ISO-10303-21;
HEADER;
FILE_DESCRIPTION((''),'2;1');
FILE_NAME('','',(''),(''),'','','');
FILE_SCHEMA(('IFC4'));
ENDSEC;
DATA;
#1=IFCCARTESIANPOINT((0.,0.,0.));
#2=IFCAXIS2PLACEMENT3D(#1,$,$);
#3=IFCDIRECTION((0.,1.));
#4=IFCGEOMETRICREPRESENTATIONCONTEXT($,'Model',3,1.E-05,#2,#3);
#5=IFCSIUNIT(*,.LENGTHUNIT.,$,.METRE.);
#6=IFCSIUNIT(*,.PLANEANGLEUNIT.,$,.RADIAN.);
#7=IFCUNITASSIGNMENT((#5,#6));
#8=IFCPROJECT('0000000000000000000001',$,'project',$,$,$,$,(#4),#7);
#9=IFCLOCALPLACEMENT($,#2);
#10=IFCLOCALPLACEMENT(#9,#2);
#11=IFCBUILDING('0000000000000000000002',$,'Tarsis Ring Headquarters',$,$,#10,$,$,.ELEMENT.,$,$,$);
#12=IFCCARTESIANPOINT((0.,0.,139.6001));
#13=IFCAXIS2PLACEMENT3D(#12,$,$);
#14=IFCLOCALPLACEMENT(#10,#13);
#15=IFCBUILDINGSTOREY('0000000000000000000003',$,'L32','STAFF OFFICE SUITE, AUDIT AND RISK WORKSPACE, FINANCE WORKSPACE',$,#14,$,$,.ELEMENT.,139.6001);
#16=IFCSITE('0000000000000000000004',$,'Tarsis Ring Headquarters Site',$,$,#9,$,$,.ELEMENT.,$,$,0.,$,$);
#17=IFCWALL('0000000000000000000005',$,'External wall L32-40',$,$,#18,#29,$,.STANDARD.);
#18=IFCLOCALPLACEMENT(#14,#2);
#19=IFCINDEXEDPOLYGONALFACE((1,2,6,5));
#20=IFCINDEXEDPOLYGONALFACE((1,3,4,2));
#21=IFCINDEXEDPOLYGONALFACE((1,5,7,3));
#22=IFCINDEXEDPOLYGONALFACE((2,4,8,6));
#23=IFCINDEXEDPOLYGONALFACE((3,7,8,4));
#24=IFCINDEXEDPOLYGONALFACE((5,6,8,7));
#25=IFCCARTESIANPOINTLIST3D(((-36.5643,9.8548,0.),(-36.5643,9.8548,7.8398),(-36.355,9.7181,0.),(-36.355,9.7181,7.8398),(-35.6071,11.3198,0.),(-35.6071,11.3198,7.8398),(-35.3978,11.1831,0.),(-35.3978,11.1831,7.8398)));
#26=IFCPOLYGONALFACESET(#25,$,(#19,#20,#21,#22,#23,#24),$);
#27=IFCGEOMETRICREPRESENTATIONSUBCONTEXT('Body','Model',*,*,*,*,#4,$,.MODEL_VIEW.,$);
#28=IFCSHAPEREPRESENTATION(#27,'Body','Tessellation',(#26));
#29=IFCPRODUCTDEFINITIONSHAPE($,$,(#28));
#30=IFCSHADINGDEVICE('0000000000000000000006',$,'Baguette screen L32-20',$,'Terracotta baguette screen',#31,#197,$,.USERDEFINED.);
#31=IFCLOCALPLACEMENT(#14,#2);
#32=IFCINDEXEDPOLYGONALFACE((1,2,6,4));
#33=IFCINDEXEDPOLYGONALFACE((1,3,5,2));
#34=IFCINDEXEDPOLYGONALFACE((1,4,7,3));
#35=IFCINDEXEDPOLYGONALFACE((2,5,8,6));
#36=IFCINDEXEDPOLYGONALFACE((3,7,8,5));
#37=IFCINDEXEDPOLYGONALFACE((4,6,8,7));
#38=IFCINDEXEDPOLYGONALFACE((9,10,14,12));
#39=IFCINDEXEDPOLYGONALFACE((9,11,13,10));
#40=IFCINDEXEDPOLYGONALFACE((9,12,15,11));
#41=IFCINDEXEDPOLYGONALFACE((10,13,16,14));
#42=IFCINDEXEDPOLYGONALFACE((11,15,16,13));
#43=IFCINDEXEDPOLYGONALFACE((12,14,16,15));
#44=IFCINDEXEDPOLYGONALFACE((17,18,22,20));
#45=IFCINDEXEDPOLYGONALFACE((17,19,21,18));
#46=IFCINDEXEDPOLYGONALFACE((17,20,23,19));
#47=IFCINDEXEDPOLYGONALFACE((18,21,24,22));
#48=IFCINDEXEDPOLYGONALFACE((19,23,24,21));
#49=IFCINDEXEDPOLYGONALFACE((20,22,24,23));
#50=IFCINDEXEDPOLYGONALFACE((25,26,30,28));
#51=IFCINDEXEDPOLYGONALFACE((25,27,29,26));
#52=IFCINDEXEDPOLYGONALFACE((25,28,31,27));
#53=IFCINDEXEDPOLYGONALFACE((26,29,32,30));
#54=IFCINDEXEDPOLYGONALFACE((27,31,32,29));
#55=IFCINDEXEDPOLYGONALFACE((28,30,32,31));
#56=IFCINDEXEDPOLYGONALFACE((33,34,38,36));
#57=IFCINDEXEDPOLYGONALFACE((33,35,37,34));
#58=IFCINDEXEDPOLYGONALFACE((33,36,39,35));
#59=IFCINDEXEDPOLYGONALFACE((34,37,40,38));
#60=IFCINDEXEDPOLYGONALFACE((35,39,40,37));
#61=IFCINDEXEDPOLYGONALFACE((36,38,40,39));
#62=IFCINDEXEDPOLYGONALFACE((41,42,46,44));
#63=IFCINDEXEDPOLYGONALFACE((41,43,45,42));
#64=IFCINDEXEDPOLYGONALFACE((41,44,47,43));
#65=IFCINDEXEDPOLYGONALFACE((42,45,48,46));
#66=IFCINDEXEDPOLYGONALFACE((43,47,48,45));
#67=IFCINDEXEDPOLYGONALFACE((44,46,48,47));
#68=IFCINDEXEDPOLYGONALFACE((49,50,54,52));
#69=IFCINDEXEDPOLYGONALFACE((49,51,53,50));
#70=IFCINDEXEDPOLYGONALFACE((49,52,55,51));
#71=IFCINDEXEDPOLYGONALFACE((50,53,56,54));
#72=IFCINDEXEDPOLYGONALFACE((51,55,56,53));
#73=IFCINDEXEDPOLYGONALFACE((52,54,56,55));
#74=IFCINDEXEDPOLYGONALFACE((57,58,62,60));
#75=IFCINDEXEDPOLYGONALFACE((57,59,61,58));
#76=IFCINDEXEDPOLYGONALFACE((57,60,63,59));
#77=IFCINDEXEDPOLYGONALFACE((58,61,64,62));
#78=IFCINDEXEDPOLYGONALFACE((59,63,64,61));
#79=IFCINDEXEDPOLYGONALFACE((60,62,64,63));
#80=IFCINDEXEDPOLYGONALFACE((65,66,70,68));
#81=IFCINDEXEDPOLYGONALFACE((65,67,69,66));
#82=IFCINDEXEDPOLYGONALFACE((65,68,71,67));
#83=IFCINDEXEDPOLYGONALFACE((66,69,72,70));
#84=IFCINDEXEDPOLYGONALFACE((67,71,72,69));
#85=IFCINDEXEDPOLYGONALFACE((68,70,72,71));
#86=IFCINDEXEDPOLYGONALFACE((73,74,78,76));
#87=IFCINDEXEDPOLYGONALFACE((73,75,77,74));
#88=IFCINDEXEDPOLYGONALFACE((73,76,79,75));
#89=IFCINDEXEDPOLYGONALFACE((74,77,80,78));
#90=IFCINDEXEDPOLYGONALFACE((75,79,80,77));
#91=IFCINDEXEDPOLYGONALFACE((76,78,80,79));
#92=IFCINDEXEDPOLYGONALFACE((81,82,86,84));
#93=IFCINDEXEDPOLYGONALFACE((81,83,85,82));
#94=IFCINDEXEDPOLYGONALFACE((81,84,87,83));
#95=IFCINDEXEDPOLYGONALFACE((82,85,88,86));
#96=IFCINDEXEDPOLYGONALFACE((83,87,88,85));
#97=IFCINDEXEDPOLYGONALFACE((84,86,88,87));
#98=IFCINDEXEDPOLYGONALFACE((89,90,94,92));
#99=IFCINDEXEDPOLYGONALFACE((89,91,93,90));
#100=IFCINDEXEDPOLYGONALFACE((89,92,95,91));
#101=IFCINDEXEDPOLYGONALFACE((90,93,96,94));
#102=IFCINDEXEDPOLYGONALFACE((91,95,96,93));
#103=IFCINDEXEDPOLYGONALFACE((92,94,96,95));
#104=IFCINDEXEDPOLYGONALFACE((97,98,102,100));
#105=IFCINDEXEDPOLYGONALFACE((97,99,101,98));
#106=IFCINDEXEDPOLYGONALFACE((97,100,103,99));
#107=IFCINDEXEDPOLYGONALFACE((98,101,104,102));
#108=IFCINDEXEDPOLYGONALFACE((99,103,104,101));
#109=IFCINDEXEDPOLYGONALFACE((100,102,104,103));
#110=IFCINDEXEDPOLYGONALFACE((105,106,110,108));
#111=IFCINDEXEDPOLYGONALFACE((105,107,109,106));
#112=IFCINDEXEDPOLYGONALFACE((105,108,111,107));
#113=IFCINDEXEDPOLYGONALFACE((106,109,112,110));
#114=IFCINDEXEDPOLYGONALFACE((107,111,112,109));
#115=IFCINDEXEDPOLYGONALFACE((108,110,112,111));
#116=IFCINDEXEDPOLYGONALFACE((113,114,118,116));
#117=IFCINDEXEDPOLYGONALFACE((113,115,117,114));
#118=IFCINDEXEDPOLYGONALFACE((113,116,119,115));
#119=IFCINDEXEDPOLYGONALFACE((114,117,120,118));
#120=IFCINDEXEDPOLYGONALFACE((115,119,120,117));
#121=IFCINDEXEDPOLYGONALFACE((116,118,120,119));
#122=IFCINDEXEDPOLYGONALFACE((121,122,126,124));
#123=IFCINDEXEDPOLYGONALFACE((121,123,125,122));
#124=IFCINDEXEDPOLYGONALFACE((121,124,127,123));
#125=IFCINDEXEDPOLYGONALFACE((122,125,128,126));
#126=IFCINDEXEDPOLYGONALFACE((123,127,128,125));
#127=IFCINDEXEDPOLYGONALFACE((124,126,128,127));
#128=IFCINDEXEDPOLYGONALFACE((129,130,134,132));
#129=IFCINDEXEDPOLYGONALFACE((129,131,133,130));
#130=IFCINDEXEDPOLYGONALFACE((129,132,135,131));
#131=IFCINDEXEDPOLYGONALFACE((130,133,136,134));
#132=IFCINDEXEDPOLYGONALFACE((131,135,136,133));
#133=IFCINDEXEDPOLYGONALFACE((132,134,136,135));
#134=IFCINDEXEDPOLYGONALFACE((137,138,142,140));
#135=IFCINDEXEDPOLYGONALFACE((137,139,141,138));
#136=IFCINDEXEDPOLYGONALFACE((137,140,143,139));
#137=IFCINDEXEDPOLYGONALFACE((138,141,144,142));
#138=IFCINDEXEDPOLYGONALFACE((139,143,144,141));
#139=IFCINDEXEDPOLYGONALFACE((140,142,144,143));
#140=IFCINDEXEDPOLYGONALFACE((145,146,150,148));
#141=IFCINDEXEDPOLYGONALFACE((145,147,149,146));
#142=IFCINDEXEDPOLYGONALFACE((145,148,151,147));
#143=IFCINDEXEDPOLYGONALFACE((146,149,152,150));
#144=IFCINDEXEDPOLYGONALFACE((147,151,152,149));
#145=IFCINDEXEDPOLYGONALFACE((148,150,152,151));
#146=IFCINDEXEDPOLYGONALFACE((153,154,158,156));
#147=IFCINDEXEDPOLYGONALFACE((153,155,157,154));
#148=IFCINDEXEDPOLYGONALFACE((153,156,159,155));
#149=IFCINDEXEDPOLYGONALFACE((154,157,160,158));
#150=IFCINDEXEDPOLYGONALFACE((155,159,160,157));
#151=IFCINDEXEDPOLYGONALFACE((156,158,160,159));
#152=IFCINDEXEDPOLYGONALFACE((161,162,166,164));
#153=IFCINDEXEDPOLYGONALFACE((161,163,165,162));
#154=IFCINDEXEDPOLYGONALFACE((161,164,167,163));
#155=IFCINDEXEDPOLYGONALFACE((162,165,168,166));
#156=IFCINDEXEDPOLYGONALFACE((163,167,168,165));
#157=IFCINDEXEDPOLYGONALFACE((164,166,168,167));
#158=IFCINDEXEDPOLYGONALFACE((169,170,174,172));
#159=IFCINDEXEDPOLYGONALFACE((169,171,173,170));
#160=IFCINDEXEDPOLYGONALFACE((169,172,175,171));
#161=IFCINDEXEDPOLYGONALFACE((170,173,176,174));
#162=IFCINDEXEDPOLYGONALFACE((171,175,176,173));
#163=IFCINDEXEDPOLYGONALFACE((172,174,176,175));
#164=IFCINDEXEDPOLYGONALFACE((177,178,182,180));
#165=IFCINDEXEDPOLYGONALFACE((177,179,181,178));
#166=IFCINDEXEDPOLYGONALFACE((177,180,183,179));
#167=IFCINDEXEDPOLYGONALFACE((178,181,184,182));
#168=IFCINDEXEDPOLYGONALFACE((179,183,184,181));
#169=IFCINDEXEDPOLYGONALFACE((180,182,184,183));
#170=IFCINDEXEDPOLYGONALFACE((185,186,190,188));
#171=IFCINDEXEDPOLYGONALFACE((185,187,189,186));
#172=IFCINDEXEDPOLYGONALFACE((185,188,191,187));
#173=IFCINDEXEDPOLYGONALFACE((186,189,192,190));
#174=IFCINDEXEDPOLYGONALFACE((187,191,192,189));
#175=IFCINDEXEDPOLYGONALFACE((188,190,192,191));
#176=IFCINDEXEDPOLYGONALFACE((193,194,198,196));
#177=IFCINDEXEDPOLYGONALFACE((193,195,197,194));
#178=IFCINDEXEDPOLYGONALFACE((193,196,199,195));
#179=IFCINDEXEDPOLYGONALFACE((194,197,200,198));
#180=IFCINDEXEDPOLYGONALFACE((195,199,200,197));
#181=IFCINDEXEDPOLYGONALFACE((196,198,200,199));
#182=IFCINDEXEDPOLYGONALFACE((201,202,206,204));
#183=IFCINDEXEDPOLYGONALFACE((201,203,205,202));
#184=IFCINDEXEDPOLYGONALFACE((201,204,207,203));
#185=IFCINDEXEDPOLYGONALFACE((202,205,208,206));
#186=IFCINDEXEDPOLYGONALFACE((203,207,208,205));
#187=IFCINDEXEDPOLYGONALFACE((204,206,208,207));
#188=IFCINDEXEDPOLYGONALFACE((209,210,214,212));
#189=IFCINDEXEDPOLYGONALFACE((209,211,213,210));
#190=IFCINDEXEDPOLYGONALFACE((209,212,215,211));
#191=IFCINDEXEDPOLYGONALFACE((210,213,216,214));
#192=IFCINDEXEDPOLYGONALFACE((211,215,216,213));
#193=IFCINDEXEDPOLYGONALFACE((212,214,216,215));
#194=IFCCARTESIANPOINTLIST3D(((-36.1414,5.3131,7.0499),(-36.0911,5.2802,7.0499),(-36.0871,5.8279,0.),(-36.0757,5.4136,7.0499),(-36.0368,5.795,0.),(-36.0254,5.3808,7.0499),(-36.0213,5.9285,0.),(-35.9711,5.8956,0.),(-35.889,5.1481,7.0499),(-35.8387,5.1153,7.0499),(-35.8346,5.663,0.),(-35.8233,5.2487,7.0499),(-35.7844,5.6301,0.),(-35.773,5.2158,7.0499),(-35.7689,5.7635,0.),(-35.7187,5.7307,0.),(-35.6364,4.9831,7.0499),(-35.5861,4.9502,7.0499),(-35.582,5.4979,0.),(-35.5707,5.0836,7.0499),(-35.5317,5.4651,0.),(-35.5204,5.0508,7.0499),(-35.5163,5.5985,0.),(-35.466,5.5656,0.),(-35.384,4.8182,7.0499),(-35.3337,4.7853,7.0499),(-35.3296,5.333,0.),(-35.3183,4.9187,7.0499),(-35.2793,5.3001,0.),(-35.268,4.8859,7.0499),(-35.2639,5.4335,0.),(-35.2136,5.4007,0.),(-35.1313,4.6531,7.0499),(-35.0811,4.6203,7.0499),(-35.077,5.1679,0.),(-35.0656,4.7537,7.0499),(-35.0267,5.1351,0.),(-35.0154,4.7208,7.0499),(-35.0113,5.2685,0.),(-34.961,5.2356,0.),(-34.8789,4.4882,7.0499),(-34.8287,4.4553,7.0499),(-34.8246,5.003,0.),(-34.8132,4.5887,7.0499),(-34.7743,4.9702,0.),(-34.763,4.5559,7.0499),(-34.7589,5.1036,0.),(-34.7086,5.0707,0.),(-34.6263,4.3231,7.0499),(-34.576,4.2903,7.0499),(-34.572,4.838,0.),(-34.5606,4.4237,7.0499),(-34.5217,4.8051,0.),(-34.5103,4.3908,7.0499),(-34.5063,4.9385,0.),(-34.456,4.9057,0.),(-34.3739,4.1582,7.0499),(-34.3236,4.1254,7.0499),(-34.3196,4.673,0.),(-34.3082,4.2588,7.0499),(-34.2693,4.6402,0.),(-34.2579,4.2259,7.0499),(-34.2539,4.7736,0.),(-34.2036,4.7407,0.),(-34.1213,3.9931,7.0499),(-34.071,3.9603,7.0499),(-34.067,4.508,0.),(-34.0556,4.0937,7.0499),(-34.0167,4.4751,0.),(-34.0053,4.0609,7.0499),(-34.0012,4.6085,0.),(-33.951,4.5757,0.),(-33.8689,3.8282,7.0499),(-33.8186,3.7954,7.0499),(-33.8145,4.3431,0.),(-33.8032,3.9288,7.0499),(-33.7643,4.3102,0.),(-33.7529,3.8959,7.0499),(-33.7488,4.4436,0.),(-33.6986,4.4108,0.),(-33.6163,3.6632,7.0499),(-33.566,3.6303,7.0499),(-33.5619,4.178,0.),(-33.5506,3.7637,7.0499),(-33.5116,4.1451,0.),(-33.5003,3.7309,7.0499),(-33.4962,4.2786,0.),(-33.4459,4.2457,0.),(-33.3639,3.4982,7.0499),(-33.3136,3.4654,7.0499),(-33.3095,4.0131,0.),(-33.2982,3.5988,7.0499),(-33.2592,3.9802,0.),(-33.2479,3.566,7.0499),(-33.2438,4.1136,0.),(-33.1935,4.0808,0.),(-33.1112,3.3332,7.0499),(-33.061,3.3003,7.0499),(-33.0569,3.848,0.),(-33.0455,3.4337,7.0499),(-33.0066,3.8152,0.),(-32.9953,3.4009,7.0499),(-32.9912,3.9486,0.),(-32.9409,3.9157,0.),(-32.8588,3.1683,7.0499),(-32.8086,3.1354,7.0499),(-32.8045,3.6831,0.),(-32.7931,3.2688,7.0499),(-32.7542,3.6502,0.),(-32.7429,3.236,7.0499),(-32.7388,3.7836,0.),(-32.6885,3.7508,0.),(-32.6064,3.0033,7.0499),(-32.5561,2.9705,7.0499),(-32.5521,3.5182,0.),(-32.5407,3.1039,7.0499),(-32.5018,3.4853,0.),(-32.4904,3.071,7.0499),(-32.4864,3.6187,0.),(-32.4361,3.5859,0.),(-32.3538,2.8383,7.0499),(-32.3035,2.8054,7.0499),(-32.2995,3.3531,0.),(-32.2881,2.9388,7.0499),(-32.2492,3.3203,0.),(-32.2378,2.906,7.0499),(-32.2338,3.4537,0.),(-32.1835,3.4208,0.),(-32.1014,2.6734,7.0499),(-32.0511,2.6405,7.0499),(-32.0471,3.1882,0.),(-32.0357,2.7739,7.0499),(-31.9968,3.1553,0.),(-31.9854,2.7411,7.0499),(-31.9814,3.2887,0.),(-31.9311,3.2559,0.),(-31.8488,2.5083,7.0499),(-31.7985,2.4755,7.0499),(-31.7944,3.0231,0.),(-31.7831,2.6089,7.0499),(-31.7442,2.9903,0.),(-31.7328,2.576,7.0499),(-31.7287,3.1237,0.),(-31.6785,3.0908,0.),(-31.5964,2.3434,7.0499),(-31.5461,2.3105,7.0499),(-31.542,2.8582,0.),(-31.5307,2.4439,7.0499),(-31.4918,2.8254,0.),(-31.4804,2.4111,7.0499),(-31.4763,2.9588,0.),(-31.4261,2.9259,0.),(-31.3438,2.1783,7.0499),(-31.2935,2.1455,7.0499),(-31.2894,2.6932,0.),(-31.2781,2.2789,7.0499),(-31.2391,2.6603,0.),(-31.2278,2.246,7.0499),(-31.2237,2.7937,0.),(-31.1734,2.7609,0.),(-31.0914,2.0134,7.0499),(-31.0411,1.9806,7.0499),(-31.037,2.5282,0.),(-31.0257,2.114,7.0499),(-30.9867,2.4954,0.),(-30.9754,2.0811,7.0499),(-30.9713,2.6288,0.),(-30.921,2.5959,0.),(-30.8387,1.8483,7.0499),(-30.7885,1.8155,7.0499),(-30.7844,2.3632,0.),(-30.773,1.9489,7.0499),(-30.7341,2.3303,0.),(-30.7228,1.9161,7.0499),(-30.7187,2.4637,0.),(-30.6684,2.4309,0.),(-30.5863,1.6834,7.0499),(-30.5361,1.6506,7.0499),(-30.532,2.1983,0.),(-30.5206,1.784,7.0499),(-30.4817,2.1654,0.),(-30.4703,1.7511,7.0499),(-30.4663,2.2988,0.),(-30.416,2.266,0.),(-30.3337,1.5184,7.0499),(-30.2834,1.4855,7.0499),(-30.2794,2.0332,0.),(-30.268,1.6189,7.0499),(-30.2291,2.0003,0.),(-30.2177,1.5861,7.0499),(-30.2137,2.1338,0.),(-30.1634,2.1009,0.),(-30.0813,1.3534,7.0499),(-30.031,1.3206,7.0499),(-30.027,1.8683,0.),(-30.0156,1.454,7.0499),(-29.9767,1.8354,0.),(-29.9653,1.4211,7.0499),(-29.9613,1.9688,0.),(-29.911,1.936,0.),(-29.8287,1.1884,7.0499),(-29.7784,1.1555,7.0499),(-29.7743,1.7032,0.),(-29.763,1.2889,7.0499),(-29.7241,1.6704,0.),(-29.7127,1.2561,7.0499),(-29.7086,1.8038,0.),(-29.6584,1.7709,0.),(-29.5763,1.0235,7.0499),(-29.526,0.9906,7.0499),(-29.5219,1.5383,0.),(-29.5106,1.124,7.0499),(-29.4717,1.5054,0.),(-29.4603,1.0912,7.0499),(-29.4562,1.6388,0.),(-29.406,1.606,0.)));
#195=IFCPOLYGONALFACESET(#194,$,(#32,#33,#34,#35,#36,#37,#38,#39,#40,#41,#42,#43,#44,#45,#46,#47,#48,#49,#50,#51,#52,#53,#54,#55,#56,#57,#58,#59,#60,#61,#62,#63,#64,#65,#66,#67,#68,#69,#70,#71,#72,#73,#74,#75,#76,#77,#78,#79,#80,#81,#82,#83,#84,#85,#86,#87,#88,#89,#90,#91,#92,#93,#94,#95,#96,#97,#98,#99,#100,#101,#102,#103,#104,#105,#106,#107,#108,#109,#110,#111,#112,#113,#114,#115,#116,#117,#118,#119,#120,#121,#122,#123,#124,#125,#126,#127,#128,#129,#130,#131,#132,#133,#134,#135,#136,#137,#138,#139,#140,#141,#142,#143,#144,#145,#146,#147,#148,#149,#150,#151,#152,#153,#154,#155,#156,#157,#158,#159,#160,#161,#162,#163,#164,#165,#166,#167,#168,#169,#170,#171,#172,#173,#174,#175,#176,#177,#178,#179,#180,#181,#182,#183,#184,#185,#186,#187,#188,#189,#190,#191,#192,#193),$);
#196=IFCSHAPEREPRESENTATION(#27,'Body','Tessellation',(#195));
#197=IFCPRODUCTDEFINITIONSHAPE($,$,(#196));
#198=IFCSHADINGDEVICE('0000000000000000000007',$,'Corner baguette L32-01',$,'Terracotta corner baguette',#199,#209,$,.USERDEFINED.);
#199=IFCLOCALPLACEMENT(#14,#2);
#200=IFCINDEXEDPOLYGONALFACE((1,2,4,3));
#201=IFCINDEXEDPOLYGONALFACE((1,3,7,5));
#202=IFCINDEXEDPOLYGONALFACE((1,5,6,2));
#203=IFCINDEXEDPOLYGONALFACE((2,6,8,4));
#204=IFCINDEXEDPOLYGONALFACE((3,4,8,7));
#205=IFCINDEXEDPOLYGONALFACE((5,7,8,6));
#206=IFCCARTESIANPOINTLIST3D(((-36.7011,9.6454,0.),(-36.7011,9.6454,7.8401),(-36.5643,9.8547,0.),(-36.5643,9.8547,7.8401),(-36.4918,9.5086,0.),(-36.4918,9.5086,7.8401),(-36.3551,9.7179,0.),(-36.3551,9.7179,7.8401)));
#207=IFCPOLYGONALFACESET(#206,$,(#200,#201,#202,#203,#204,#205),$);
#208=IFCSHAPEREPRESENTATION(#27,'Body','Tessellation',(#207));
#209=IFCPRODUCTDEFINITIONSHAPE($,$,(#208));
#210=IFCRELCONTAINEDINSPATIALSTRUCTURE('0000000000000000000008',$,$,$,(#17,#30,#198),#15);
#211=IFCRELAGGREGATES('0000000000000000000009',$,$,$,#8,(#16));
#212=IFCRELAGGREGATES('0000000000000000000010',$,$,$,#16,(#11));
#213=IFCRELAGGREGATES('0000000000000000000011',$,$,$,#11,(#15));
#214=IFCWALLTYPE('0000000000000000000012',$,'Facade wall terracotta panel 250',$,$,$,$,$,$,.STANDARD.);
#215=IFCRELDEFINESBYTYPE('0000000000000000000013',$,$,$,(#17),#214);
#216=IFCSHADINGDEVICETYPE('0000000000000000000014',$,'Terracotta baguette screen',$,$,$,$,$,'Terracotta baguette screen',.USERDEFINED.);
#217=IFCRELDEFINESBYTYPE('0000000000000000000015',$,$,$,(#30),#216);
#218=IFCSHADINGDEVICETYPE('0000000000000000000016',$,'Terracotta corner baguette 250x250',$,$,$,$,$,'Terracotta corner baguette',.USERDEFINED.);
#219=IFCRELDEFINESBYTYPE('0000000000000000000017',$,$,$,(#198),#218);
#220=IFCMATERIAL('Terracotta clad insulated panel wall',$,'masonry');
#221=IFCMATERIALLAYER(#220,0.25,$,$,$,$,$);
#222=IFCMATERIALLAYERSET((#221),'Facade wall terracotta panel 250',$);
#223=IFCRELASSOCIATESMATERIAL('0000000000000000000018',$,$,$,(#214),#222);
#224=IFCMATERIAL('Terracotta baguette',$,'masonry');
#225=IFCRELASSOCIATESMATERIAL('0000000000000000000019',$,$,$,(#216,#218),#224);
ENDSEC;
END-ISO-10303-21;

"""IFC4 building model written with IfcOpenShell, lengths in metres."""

from ifc_helpers import new_model, si_unit, direction, frame, frame_2d, origin, origin_2d, place, context, subcontext, project, spatial, rectangle, composite_profile, extrude, material, layer, layer_set, type_object, element, save


model = new_model("IFC4")

# Units and contexts
model_context = context("Model", 3, precision=1e-05, world=origin(), true_north=direction((0.0, 1.0)))
body_context = subcontext(model_context, "Body", "Model", "MODEL_VIEW")
ifc_project = project(units=[si_unit("LENGTHUNIT", "METRE"), si_unit("PLANEANGLEUNIT", "RADIAN")], contexts=[model_context])

# Site, building, storey
site_placement = place(None, origin())
site = spatial("IfcSite", under=ifc_project, at=site_placement, Name="Tarsis Ring Headquarters Site", CompositionType="ELEMENT", RefElevation=0.0)
building_placement = place(site_placement, origin())
building = spatial("IfcBuilding", under=site, at=building_placement, Name="Tarsis Ring Headquarters", CompositionType="ELEMENT")
storey_placement = place(building_placement, frame((0.0, 0.0, 139.6001)))
storey = spatial("IfcBuildingStorey", under=building, at=storey_placement, Name="L32", Description="STAFF OFFICE SUITE, AUDIT AND RISK WORKSPACE, FINANCE WORKSPACE", CompositionType="ELEMENT", Elevation=139.6001)

# Wall
ifc_material_1 = material(Name="Terracotta clad insulated panel wall", Category="masonry")
ifc_layer_1 = layer(ifc_material_1, 0.25)
ifc_layer_set_1 = layer_set([ifc_layer_1], Name="Facade wall terracotta panel 250")
wall_type_1 = type_object("IfcWallType", Name="Facade wall terracotta panel 250", PredefinedType="STANDARD", material=ifc_layer_set_1)
for number, where, z_axis, x_axis, name in (
    (1, (-35.5024, 11.2515, 0.0), (0.0, 0.0, 1.0), (-0.546982, -0.837144, 0.0), "External wall L32-40"),
):
    element("IfcWall", number, at=place(storey_placement, frame(where, z_axis=z_axis, x_axis=x_axis)), inside=storey, type_object=wall_type_1, Name=name, PredefinedType="STANDARD", context=body_context, shape_type="SweptSolid", body=[
        extrude(rectangle(XDim=1.75, YDim=0.25, at=frame_2d((0.875, 0.0))), origin(), (0.0, 0.0, 1.0), 7.8398),
    ])

# Shading devices
ifc_material_2 = material(Name="Terracotta baguette", Category="masonry")
shading_device_type_1 = type_object("IfcShadingDeviceType", Name="Terracotta baguette screen", ElementType="Terracotta baguette screen", PredefinedType="USERDEFINED", material=ifc_material_2)
shading_device_placement = place(storey_placement, frame((-36.0542, 5.8782, 0.0), z_axis=(0.0, 0.0, 1.0), x_axis=(0.837154, -0.546991, 0.0)))
element("IfcShadingDevice", 2, at=shading_device_placement, inside=storey, type_object=shading_device_type_1, Name="Baguette screen L32-20", ObjectType="Terracotta baguette screen", PredefinedType="USERDEFINED", context=body_context, shape_type="SweptSolid", body=[
    extrude(composite_profile([rectangle(XDim=0.0601, YDim=0.1201, at=frame_2d((0.03, 0.0))), rectangle(XDim=0.0601, YDim=0.1201, at=frame_2d((0.3315, 0.0))), rectangle(XDim=0.0601, YDim=0.1201, at=frame_2d((0.6333, 0.0))), rectangle(XDim=0.0601, YDim=0.1201, at=frame_2d((0.9348, 0.0))), rectangle(XDim=0.0601, YDim=0.1201, at=frame_2d((1.2366, 0.0))), rectangle(XDim=0.0601, YDim=0.1201, at=frame_2d((1.5381, 0.0))), rectangle(XDim=0.0601, YDim=0.1201, at=frame_2d((1.8398, 0.0))), rectangle(XDim=0.0601, YDim=0.1201, at=frame_2d((2.1414, 0.0))), rectangle(XDim=0.0601, YDim=0.1201, at=frame_2d((2.4431, 0.0))), rectangle(XDim=0.0601, YDim=0.1201, at=frame_2d((2.7446, 0.0))), rectangle(XDim=0.0601, YDim=0.1201, at=frame_2d((3.0464, 0.0))), rectangle(XDim=0.0601, YDim=0.1201, at=frame_2d((3.3479, 0.0))), rectangle(XDim=0.0601, YDim=0.1201, at=frame_2d((3.6497, 0.0))), rectangle(XDim=0.0601, YDim=0.1201, at=frame_2d((3.9512, 0.0))), rectangle(XDim=0.0601, YDim=0.1201, at=frame_2d((4.2527, 0.0))), rectangle(XDim=0.0601, YDim=0.1201, at=frame_2d((4.5544, 0.0))), rectangle(XDim=0.0601, YDim=0.1201, at=frame_2d((4.856, 0.0))), rectangle(XDim=0.0601, YDim=0.1201, at=frame_2d((5.1577, 0.0))), rectangle(XDim=0.0601, YDim=0.1201, at=frame_2d((5.4592, 0.0))), rectangle(XDim=0.0601, YDim=0.1201, at=frame_2d((5.761, 0.0))), rectangle(XDim=0.0601, YDim=0.1201, at=frame_2d((6.0625, 0.0))), rectangle(XDim=0.0601, YDim=0.1201, at=frame_2d((6.3643, 0.0))), rectangle(XDim=0.0601, YDim=0.1201, at=frame_2d((6.6658, 0.0))), rectangle(XDim=0.0601, YDim=0.1201, at=frame_2d((6.9675, 0.0))), rectangle(XDim=0.0601, YDim=0.1201, at=frame_2d((7.269, 0.0))), rectangle(XDim=0.0601, YDim=0.1201, at=frame_2d((7.5708, 0.0))), rectangle(XDim=0.0601, YDim=0.1201, at=frame_2d((7.8723, 0.0)))]), origin(), (0.033401, -0.065175, 0.997315), 7.0688),
])
shading_device_type_2 = type_object("IfcShadingDeviceType", Name="Terracotta corner baguette 250x250", ElementType="Terracotta corner baguette", PredefinedType="USERDEFINED", material=ifc_material_2)
for number, where, z_axis, x_axis, name in (
    (3, (-36.5281, 9.6816, 0.0), (0.0, 0.0, 1.0), (-0.546979, -0.837147, 0.0), "Corner baguette L32-01"),
):
    element("IfcShadingDevice", number, at=place(storey_placement, frame(where, z_axis=z_axis, x_axis=x_axis)), inside=storey, type_object=shading_device_type_2, Name=name, ObjectType="Terracotta corner baguette", PredefinedType="USERDEFINED", context=body_context, shape_type="SweptSolid", body=[
        extrude(rectangle(XDim=0.25, YDim=0.25, at=origin_2d()), origin(), (0.0, 0.0, 1.0), 7.8401),
    ])

save(model, "model.ifc")
